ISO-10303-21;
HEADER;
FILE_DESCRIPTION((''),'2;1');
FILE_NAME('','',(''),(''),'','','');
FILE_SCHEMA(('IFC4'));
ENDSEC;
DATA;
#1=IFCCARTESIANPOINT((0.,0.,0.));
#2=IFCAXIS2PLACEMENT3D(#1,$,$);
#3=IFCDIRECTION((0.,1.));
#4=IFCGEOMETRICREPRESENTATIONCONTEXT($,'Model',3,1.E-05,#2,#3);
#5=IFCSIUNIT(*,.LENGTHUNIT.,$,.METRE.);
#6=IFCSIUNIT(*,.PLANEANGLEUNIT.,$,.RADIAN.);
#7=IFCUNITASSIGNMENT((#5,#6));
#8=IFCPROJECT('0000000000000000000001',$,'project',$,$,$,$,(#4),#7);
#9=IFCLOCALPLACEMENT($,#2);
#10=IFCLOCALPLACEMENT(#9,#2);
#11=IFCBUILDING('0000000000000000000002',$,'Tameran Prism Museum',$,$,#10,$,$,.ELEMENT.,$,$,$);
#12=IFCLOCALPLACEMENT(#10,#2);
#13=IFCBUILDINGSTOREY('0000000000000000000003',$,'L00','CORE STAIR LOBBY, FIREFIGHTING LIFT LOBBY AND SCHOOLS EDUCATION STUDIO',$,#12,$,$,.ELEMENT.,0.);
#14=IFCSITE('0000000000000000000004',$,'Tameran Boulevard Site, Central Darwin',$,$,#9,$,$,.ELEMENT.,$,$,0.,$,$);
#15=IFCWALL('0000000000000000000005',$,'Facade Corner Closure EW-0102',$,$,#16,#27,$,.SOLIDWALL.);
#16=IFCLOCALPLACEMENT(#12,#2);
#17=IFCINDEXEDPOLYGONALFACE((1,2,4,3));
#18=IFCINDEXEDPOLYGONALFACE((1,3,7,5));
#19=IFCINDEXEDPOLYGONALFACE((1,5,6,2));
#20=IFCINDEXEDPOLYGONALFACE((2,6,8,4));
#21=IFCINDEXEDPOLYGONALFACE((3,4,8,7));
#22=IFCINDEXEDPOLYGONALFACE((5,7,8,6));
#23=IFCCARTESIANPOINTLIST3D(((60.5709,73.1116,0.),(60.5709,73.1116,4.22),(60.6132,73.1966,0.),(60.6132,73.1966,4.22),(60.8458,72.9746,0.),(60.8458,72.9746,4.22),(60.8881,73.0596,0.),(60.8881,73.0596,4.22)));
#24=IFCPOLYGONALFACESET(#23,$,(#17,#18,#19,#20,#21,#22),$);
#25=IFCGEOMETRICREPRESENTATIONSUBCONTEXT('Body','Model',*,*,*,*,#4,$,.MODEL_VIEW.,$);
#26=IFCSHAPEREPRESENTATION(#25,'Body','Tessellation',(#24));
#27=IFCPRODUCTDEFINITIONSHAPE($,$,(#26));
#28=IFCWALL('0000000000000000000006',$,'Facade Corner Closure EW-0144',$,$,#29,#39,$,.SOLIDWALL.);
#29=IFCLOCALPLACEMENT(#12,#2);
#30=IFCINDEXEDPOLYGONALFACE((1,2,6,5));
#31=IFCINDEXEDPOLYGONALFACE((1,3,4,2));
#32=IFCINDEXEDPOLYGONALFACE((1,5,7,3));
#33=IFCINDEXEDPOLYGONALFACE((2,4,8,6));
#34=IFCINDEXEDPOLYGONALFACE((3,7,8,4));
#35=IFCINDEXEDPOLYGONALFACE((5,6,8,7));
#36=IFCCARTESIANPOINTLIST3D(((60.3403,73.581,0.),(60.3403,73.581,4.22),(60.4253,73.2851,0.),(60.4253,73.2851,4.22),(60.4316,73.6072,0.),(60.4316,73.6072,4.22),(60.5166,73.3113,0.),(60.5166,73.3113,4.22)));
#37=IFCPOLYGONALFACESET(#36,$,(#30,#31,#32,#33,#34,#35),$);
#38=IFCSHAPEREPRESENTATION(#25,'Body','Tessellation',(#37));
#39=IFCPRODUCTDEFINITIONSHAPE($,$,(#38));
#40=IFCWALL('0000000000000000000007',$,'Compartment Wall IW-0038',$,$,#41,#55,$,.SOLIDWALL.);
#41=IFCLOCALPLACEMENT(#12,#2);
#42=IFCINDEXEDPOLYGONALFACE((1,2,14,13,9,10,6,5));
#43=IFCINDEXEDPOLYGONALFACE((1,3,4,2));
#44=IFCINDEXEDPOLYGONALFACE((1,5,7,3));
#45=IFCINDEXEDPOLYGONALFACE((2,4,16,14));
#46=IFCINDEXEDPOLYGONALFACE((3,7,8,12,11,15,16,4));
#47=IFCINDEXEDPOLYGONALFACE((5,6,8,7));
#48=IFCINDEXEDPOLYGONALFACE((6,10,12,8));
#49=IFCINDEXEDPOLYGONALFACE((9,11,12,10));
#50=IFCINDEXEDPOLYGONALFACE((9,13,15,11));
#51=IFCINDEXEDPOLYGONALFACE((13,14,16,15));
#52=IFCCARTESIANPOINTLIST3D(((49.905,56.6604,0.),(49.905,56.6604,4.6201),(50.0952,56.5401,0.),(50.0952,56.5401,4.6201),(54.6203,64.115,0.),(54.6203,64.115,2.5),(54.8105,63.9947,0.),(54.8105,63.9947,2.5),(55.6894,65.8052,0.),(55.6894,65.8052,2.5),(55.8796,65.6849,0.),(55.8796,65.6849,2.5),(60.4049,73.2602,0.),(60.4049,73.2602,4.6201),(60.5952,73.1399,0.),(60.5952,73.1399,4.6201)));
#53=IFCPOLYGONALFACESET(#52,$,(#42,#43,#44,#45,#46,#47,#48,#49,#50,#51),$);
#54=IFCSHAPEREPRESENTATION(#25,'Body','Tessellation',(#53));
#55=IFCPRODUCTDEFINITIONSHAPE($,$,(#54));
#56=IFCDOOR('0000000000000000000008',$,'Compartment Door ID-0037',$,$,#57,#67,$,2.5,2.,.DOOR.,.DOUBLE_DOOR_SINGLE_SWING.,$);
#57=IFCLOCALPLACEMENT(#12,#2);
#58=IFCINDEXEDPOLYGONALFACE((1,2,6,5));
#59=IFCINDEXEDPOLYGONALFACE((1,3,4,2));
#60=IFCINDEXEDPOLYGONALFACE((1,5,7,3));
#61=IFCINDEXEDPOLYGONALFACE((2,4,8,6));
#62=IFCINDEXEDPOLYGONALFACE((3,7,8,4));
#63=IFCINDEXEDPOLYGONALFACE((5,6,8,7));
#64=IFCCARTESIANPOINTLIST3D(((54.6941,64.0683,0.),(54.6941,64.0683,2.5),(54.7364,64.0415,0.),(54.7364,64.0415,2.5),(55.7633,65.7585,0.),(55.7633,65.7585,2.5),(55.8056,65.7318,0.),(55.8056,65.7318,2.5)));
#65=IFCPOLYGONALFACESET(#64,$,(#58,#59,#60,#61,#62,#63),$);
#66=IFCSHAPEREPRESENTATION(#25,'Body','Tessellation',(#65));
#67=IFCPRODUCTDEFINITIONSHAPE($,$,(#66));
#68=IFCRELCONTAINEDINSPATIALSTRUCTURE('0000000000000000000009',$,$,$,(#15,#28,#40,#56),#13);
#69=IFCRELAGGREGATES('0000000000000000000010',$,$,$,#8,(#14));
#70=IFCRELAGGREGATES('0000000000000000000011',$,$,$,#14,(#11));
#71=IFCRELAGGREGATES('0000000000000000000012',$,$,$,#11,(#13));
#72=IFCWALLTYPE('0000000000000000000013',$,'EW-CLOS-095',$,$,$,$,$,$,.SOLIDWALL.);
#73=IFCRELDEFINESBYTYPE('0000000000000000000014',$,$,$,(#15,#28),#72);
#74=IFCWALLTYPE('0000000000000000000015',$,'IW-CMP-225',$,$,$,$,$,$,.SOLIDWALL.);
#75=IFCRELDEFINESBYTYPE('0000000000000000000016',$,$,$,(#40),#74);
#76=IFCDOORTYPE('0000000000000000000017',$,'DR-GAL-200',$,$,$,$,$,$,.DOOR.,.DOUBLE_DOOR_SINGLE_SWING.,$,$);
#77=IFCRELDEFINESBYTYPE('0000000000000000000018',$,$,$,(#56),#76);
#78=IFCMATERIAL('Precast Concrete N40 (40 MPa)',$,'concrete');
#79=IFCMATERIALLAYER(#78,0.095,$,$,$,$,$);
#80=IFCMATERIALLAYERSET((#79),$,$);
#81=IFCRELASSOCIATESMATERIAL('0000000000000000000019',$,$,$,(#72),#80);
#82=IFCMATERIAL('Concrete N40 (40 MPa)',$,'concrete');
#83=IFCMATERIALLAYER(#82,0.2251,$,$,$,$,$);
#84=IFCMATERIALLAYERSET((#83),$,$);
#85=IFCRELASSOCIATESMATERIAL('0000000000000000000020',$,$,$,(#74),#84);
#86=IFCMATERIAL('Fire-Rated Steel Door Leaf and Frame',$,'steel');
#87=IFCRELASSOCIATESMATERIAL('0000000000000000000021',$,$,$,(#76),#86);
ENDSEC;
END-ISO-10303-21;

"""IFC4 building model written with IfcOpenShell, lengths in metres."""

from ifc_helpers import new_model, si_unit, direction, frame, frame_2d, origin, place, context, subcontext, project, spatial, rectangle, extrude, material, layer, layer_set, type_object, element, fill, save


model = new_model("IFC4")

# Units and contexts
model_context = context("Model", 3, precision=1e-05, world=origin(), true_north=direction((0.0, 1.0)))
body_context = subcontext(model_context, "Body", "Model", "MODEL_VIEW")
ifc_project = project(units=[si_unit("LENGTHUNIT", "METRE"), si_unit("PLANEANGLEUNIT", "RADIAN")], contexts=[model_context])

# Site, building, storey
site_placement = place(None, origin())
site = spatial("IfcSite", under=ifc_project, at=site_placement, Name="Tameran Boulevard Site, Central Darwin", CompositionType="ELEMENT", RefElevation=0.0)
building_placement = place(site_placement, origin())
building = spatial("IfcBuilding", under=site, at=building_placement, Name="Tameran Prism Museum", CompositionType="ELEMENT")
storey_placement = place(building_placement, origin())
storey = spatial("IfcBuildingStorey", under=building, at=storey_placement, Name="L00", Description="CORE STAIR LOBBY, FIREFIGHTING LIFT LOBBY AND SCHOOLS EDUCATION STUDIO", CompositionType="ELEMENT", Elevation=0.0)

# Walls
ifc_material_1 = material(Name="Precast Concrete N40 (40 MPa)", Category="concrete")
ifc_layer_1 = layer(ifc_material_1, 0.095)
ifc_layer_set_1 = layer_set([ifc_layer_1])
wall_type_1 = type_object("IfcWallType", Name="EW-CLOS-095", PredefinedType="SOLIDWALL", material=ifc_layer_set_1)
wall_1_placement = place(storey_placement, frame((60.592, 73.1541, 0.0), z_axis=(0.0, 0.0, 1.0), x_axis=(0.895062, -0.445941, 0.0)))
element("IfcWall", 1, at=wall_1_placement, inside=storey, type_object=wall_type_1, Name="Facade Corner Closure EW-0102", PredefinedType="SOLIDWALL", context=body_context, shape_type="SweptSolid", body=[
    extrude(rectangle(XDim=0.3071, YDim=0.095, at=frame_2d((0.1536, 0.0))), origin(), (0.0, 0.0, 1.0), 4.22),
])
wall_2_placement = place(storey_placement, frame((60.386, 73.594, 0.0), z_axis=(0.0, 0.0, 1.0), x_axis=(0.275978, -0.961164, 0.0)))
element("IfcWall", 2, at=wall_2_placement, inside=storey, type_object=wall_type_1, Name="Facade Corner Closure EW-0144", PredefinedType="SOLIDWALL", context=body_context, shape_type="SweptSolid", body=[
    extrude(rectangle(XDim=0.3079, YDim=0.095, at=frame_2d((0.1538, 0.0))), origin(), (0.0, 0.0, 1.0), 4.22),
])

# Wall, opening, door
ifc_material_2 = material(Name="Concrete N40 (40 MPa)", Category="concrete")
ifc_layer_2 = layer(ifc_material_2, 0.2251)
ifc_layer_set_2 = layer_set([ifc_layer_2])
wall_type_2 = type_object("IfcWallType", Name="IW-CMP-225", PredefinedType="SOLIDWALL", material=ifc_layer_set_2)
wall_3_placement = place(storey_placement, frame((60.5, 73.2, 0.0), z_axis=(0.0, 0.0, 1.0), x_axis=(-0.534571, -0.845124, 0.0)))
wall_3 = element("IfcWall", 3, at=wall_3_placement, inside=storey, type_object=wall_type_2, Name="Compartment Wall IW-0038", PredefinedType="SOLIDWALL", context=body_context, shape_type="SweptSolid", body=[
    extrude(rectangle(XDim=19.6418, YDim=0.2251, at=frame_2d((9.8208, 0.0))), origin(), (0.0, 0.0, 1.0), 4.6201),
])
opening_placement = place(wall_3_placement, frame((8.821, 0.0, 0.0)))
opening = element("IfcOpeningElement", 4, at=opening_placement, cuts=wall_3, PredefinedType="OPENING", context=body_context, shape_type="SweptSolid", body=[
    extrude(rectangle(XDim=2.0, YDim=2.5, at=frame_2d((1.0, 1.25))), frame((0.0, 0.1226, 0.0), z_axis=(0.0, -1.0, 0.0), x_axis=(1.0, 0.0, 0.0)), (0.0, 0.0, 1.0), 0.2451),
])
ifc_material_3 = material(Name="Fire-Rated Steel Door Leaf and Frame", Category="steel")
door_type = type_object("IfcDoorType", Name="DR-GAL-200", OperationType="DOUBLE_DOOR_SINGLE_SWING", PredefinedType="DOOR", material=ifc_material_3)
door_placement = place(opening_placement, origin())
door = element("IfcDoor", 5, at=door_placement, inside=storey, type_object=door_type, Name="Compartment Door ID-0037", OperationType="DOUBLE_DOOR_SINGLE_SWING", OverallHeight=2.5, OverallWidth=2.0, PredefinedType="DOOR", context=body_context, shape_type="SweptSolid", body=[
    extrude(rectangle(XDim=2.0, YDim=2.5, at=frame_2d((1.0, 1.25))), frame((0.0, 0.0249, 0.0), z_axis=(0.0, -1.0, 0.0), x_axis=(1.0, 0.0, 0.0)), (0.0, 0.0, 1.0), 0.05),
])
fill(opening, door)

save(model, "model.ifc")
